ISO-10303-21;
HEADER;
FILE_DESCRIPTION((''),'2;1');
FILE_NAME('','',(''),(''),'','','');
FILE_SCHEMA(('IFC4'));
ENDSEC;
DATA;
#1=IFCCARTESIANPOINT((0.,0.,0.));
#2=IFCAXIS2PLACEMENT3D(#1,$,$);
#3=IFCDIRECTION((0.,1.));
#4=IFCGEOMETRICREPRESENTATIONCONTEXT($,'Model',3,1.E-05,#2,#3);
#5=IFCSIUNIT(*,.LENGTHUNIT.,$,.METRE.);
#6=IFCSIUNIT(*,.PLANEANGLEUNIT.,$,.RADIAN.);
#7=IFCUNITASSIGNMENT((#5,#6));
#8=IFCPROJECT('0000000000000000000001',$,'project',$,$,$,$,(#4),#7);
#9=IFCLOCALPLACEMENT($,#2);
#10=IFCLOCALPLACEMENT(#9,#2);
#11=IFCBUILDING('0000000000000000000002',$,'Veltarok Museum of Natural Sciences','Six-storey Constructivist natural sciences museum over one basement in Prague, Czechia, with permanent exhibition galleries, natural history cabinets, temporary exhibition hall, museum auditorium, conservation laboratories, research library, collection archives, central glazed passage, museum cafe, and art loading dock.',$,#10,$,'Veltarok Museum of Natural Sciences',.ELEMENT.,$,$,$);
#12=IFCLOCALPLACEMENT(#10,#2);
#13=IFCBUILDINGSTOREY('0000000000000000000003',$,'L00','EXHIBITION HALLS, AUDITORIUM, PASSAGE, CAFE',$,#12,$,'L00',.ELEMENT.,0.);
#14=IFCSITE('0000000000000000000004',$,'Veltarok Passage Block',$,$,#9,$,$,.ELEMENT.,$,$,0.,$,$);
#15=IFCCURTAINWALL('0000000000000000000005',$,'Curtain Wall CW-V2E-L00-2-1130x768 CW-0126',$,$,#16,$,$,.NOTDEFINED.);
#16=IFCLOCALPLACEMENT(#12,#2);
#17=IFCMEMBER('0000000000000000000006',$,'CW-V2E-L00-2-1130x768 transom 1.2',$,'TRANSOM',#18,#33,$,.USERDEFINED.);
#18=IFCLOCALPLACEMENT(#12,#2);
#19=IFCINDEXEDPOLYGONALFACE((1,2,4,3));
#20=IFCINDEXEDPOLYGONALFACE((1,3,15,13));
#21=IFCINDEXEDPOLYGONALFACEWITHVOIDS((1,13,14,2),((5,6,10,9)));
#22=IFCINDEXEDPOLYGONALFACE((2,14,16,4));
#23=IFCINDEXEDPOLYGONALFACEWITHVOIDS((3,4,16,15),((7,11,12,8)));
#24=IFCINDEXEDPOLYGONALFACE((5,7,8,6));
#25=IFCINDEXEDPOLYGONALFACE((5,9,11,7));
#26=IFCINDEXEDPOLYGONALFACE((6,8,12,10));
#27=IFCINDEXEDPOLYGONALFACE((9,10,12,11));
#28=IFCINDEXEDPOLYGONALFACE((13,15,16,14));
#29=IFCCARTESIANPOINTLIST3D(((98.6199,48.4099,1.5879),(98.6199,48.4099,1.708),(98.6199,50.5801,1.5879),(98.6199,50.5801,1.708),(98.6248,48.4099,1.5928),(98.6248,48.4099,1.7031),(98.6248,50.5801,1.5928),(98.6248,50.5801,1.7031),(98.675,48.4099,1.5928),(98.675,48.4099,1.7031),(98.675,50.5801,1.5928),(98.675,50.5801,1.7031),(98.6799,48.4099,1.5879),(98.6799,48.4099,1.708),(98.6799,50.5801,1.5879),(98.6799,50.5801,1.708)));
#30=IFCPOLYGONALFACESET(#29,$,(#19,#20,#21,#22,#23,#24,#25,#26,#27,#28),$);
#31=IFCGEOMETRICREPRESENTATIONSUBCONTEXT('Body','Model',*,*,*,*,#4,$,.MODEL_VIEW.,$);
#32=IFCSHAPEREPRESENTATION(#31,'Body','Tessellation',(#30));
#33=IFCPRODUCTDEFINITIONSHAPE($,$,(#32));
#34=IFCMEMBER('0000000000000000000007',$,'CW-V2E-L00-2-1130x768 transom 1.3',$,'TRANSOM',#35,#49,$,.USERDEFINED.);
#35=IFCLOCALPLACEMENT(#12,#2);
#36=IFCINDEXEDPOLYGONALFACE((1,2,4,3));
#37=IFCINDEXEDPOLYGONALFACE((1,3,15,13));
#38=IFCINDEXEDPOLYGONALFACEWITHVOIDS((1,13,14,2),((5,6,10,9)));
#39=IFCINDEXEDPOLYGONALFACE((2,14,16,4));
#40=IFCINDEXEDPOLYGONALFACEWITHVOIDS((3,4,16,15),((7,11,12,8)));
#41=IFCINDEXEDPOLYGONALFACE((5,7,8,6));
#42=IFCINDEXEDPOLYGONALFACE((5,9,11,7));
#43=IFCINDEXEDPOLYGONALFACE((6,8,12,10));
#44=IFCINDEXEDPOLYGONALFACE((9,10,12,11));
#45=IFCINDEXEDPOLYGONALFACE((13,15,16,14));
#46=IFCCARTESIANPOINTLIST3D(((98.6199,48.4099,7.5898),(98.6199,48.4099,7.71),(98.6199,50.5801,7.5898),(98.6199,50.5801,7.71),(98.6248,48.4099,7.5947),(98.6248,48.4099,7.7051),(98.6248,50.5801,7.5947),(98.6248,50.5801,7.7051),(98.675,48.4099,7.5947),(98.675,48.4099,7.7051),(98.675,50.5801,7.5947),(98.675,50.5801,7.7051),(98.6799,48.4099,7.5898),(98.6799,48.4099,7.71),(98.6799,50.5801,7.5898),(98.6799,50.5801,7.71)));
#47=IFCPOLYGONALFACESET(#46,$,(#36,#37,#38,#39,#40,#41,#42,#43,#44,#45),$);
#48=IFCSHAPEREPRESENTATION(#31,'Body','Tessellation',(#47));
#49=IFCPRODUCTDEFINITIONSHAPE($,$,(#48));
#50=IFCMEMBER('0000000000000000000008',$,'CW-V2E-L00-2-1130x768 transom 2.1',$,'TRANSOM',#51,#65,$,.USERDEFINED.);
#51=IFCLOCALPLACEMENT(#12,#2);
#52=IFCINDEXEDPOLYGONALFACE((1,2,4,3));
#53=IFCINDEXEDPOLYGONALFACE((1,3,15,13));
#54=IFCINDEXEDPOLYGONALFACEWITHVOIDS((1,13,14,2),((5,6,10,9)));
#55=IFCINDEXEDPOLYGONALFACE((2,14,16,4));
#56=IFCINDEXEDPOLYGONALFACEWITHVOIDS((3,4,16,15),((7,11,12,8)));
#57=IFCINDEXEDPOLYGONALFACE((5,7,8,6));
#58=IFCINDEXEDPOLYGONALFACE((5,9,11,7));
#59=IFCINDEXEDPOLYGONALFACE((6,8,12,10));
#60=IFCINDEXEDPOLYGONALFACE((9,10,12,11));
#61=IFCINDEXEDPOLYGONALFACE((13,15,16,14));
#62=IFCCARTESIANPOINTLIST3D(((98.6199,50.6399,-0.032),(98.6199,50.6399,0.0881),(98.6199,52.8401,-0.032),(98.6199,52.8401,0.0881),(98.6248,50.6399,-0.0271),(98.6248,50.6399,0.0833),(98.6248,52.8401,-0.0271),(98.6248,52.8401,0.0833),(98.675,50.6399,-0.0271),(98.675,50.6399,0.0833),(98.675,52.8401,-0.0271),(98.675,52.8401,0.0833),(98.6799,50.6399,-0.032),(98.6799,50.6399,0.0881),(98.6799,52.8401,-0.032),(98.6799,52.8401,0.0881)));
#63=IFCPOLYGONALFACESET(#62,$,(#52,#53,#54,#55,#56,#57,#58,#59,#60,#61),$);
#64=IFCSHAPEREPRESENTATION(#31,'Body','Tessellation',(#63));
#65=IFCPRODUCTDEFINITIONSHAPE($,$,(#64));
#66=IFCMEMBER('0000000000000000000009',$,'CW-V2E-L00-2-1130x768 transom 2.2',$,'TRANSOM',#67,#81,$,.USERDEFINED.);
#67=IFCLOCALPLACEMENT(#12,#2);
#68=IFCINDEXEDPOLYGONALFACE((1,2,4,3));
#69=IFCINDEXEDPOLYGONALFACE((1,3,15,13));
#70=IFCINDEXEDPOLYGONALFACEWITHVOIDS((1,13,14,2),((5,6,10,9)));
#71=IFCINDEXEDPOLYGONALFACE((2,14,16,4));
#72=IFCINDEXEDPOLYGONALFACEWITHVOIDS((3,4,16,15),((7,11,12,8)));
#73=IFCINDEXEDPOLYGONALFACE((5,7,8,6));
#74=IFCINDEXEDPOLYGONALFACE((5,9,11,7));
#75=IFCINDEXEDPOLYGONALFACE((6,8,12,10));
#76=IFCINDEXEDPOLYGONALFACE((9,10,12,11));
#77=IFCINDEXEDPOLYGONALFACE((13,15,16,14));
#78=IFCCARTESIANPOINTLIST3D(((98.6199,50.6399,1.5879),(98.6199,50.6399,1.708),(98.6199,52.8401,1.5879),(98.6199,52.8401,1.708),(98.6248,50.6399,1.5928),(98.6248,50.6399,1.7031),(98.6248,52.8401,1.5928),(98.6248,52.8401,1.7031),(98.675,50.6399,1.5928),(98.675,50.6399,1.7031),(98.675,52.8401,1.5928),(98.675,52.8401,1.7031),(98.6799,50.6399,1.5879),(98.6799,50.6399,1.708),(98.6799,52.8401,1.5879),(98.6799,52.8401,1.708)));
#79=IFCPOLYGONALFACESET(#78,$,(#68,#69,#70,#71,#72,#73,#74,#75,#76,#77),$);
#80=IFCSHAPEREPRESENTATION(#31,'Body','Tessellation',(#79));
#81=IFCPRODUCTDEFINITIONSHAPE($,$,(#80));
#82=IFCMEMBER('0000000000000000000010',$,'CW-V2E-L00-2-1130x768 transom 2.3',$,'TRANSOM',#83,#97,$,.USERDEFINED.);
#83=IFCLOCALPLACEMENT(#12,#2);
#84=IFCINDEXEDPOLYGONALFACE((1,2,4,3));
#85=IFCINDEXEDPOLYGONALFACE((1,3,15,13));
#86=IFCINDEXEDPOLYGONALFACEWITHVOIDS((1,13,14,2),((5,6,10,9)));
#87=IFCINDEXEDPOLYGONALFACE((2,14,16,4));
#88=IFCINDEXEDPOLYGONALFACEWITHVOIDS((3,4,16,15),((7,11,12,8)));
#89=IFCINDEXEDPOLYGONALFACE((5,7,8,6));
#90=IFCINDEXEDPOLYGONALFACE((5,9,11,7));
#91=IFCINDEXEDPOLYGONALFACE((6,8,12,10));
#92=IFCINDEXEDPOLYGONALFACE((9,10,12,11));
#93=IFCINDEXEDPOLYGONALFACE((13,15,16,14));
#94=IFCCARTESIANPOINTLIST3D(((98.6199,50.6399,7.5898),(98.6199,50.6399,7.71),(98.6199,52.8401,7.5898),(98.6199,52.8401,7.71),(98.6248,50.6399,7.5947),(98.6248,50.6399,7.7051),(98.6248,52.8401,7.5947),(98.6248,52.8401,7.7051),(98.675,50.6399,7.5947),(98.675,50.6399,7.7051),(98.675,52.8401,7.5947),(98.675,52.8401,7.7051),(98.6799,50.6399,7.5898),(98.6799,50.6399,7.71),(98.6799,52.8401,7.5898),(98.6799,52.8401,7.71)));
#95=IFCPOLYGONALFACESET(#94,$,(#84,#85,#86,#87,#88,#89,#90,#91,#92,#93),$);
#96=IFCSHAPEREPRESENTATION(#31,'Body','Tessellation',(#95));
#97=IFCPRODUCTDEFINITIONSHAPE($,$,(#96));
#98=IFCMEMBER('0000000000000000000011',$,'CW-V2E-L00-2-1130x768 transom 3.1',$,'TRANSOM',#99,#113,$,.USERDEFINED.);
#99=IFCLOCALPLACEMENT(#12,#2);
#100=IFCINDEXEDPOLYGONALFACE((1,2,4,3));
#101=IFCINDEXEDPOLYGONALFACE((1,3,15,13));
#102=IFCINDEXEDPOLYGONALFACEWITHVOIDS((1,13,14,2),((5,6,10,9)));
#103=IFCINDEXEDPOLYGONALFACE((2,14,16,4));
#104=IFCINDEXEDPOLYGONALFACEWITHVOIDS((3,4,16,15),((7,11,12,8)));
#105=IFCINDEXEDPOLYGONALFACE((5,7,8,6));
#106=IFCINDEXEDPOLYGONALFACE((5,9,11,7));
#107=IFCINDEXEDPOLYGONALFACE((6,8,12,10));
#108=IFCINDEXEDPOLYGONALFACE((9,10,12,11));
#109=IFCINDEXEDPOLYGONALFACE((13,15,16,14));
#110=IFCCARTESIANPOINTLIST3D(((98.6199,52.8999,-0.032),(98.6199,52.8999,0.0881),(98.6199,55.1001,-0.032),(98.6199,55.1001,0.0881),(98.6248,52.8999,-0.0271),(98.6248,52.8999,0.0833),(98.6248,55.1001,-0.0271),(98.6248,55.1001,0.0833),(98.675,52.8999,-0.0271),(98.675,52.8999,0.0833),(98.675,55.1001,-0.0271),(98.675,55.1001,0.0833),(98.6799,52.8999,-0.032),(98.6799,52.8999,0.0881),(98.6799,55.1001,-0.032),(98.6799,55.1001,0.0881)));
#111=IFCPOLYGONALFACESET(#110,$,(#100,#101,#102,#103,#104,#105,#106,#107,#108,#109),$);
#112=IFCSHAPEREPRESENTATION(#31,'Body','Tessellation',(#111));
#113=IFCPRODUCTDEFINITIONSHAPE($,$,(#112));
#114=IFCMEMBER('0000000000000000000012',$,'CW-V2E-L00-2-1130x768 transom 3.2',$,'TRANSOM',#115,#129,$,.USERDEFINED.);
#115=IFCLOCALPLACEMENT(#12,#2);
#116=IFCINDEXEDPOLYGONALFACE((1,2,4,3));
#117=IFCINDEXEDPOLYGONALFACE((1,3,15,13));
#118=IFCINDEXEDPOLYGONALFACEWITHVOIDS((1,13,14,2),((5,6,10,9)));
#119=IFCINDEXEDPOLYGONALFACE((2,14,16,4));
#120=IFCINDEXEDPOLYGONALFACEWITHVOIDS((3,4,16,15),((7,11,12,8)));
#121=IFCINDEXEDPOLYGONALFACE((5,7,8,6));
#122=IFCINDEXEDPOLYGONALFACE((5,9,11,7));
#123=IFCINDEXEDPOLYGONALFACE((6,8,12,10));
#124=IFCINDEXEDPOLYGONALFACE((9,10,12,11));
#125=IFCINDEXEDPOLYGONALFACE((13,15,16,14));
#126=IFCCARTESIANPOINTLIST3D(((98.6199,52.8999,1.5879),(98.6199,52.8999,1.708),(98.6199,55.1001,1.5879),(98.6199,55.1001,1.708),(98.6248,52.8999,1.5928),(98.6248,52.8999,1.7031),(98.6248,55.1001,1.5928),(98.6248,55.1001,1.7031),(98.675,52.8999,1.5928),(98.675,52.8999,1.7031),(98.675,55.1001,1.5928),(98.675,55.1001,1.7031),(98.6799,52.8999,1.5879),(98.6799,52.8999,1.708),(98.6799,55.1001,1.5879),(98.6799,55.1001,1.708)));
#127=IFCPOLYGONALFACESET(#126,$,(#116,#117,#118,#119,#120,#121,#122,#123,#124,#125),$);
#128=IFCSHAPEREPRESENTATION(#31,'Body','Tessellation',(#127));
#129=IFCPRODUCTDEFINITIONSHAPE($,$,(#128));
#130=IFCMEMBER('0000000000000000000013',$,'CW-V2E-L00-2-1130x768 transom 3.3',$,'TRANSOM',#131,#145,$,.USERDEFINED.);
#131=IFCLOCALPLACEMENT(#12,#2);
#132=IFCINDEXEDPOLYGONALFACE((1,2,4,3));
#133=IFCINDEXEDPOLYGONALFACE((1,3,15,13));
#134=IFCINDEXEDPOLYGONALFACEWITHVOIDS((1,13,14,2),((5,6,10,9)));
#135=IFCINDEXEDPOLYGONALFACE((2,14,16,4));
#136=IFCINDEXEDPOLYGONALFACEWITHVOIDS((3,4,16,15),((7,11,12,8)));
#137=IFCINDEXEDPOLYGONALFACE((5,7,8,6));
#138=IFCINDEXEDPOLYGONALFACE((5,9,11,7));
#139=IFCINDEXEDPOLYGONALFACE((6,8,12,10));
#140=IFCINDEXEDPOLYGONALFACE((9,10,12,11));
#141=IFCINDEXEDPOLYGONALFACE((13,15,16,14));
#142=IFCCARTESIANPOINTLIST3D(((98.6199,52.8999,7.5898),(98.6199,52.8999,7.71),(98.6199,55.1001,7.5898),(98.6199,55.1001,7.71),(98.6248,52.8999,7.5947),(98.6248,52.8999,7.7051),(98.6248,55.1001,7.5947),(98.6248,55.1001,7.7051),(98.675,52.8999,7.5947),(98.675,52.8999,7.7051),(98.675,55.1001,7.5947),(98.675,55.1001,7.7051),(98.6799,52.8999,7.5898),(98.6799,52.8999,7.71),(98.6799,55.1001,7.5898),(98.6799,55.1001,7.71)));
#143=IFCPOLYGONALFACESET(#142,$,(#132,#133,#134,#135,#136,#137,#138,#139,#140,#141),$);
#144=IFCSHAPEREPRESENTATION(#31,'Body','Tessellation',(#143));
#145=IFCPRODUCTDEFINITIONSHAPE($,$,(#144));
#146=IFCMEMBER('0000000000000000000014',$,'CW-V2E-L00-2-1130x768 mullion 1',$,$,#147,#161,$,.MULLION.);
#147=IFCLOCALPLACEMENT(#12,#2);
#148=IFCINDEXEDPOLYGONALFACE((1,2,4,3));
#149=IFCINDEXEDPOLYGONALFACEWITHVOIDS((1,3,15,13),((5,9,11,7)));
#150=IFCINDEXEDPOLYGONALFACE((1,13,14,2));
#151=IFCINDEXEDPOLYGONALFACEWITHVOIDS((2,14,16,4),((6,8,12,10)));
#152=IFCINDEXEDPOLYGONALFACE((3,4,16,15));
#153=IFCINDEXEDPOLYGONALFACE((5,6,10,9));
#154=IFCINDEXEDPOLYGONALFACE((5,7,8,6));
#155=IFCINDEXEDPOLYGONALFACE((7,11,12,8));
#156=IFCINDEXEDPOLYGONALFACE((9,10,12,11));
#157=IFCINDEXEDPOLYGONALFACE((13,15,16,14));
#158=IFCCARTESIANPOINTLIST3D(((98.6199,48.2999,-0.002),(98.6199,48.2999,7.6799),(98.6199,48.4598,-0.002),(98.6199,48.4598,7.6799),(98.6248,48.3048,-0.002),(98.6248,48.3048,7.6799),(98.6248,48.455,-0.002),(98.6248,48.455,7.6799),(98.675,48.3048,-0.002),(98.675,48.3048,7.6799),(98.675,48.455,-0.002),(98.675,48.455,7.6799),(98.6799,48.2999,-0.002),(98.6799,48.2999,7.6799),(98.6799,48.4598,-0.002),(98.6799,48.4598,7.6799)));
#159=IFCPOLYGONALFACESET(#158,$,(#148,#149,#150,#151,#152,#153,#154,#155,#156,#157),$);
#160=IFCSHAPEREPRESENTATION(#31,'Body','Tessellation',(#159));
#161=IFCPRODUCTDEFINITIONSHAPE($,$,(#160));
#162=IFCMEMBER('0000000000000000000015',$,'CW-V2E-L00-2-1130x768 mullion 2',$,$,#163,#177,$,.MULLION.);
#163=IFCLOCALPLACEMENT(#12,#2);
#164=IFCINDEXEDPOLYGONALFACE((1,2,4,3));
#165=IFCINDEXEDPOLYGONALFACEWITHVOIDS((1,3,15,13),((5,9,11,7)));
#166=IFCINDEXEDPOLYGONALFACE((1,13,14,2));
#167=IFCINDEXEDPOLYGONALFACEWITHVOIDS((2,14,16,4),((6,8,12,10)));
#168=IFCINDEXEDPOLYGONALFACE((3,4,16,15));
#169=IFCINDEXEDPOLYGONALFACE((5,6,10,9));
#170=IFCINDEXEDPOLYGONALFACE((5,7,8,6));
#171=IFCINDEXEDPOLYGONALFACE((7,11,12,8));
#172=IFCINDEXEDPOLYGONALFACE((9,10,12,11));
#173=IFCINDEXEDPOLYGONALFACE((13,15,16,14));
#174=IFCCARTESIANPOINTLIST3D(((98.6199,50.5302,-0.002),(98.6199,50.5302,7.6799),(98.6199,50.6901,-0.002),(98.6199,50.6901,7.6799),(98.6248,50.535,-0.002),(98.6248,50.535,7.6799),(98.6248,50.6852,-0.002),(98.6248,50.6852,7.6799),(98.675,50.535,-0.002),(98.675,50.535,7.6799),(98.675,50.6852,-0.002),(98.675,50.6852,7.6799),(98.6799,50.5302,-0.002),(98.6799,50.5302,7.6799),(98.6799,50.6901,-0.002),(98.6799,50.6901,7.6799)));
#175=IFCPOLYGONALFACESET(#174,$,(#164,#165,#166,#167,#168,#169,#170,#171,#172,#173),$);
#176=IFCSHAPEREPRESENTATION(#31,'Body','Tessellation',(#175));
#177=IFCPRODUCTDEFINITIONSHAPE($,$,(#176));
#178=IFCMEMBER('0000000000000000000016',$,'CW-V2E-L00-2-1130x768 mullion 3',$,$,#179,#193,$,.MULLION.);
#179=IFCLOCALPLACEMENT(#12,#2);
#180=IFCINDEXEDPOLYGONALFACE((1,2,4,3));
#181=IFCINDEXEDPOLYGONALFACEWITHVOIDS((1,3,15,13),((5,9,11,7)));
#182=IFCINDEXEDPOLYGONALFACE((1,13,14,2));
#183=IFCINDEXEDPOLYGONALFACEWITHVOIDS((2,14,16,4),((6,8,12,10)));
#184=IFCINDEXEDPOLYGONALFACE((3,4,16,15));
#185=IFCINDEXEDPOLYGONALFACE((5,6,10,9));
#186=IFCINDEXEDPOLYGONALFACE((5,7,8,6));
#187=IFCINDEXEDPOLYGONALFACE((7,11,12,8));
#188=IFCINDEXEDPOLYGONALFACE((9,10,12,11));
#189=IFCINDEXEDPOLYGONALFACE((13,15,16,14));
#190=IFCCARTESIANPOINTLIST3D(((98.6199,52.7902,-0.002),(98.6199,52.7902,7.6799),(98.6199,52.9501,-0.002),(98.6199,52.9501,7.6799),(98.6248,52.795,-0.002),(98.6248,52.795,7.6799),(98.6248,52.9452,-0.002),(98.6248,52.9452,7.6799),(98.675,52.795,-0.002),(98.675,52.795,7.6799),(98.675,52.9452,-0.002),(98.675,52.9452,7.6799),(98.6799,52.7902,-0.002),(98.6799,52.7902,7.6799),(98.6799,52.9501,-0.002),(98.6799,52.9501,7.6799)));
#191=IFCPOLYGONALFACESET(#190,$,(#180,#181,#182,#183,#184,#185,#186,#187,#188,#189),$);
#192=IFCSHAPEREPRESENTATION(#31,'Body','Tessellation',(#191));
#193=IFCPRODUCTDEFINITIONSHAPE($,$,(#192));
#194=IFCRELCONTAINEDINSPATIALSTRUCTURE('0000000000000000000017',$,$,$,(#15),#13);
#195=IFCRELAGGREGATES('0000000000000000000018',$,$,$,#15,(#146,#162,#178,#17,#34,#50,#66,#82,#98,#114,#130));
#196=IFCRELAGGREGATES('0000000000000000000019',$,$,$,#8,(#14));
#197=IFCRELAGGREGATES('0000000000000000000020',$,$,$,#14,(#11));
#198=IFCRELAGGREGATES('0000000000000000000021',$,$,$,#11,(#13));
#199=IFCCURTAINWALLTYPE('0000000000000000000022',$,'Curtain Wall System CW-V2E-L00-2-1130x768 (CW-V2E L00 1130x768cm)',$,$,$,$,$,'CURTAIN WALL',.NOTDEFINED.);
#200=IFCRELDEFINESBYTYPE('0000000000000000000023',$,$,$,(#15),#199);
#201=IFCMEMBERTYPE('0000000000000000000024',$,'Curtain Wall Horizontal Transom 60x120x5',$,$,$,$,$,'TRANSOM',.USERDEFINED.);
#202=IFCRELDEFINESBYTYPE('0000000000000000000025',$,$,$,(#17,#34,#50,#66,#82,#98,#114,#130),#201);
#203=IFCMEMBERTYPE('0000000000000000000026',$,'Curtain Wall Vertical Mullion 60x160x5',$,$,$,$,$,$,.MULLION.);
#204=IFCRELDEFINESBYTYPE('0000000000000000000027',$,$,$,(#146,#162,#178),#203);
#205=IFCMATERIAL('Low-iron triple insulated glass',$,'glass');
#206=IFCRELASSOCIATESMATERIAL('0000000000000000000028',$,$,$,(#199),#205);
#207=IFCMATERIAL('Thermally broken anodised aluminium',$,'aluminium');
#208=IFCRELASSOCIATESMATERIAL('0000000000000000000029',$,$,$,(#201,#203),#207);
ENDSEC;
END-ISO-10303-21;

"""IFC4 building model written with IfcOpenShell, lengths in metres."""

from ifc_helpers import new_model, si_unit, direction, frame, origin, origin_2d, place, context, subcontext, project, spatial, hollow_rectangle, extrude, material, material_profile, profile_set, type_object, element, aggregate, save


model = new_model("IFC4")

# Units and contexts
model_context = context("Model", 3, precision=1e-05, world=origin(), true_north=direction((0.0, 1.0)))
body_context = subcontext(model_context, "Body", "Model", "MODEL_VIEW")
ifc_project = project(units=[si_unit("LENGTHUNIT", "METRE"), si_unit("PLANEANGLEUNIT", "RADIAN")], contexts=[model_context])

# Site, building, storey
site_placement = place(None, origin())
site = spatial("IfcSite", under=ifc_project, at=site_placement, Name="Veltarok Passage Block", CompositionType="ELEMENT", RefElevation=0.0)
building_placement = place(site_placement, origin())
building = spatial("IfcBuilding", under=site, at=building_placement, Name="Veltarok Museum of Natural Sciences", Description="Six-storey Constructivist natural sciences museum over one basement in Prague, Czechia, with permanent exhibition galleries, natural history cabinets, temporary exhibition hall, museum auditorium, conservation laboratories, research library, collection archives, central glazed passage, museum cafe, and art loading dock.", LongName="Veltarok Museum of Natural Sciences", CompositionType="ELEMENT")
storey_placement = place(building_placement, origin())
storey = spatial("IfcBuildingStorey", under=building, at=storey_placement, Name="L00", Description="EXHIBITION HALLS, AUDITORIUM, PASSAGE, CAFE", LongName="L00", CompositionType="ELEMENT", Elevation=0.0)

# Curtain wall, members
ifc_material_1 = material(Name="Low-iron triple insulated glass", Category="glass")
curtain_wall_type = type_object("IfcCurtainWallType", Name="Curtain Wall System CW-V2E-L00-2-1130x768 (CW-V2E L00 1130x768cm)", ElementType="CURTAIN WALL", PredefinedType="NOTDEFINED", material=ifc_material_1)
curtain_wall_placement = place(storey_placement, origin())
curtain_wall = element("IfcCurtainWall", 1, at=curtain_wall_placement, inside=storey, type_object=curtain_wall_type, Name="Curtain Wall CW-V2E-L00-2-1130x768 CW-0126", PredefinedType="NOTDEFINED")
ifc_material_2 = material(Name="Thermally broken anodised aluminium", Category="aluminium")
ifc_material_profile_1 = material_profile(ifc_material_2, hollow_rectangle(XDim=0.0601, YDim=0.1201, WallThickness=0.0049, at=origin_2d()), Name="CW TRANSOM 60x120x5")
ifc_profile_set_1 = profile_set([ifc_material_profile_1], Name="Thermally broken anodised aluminium")
member_type_1 = type_object("IfcMemberType", Name="Curtain Wall Horizontal Transom 60x120x5", ElementType="TRANSOM", PredefinedType="USERDEFINED", material=ifc_profile_set_1)
member_1_placement = place(storey_placement, frame((98.6499, 48.4099, 1.6479), z_axis=(0.0, 1.0, 0.0), x_axis=(-1.0, 0.0, 0.0)))
member_1 = element("IfcMember", 2, at=member_1_placement, type_object=member_type_1, Name="CW-V2E-L00-2-1130x768 transom 1.2", ObjectType="TRANSOM", PredefinedType="USERDEFINED", context=body_context, shape_type="SweptSolid", body=[
    extrude(hollow_rectangle(XDim=0.0601, YDim=0.1201, WallThickness=0.0049, at=origin_2d()), origin(), (0.0, 0.0, 1.0), 2.1702),
])
member_2_placement = place(storey_placement, frame((98.6499, 48.4099, 7.6499), z_axis=(0.0, 1.0, 0.0), x_axis=(-1.0, 0.0, 0.0)))
member_2 = element("IfcMember", 3, at=member_2_placement, type_object=member_type_1, Name="CW-V2E-L00-2-1130x768 transom 1.3", ObjectType="TRANSOM", PredefinedType="USERDEFINED", context=body_context, shape_type="SweptSolid", body=[
    extrude(hollow_rectangle(XDim=0.0601, YDim=0.1201, WallThickness=0.0049, at=origin_2d()), origin(), (0.0, 0.0, 1.0), 2.1702),
])
member_3_placement = place(storey_placement, frame((98.6499, 50.6399, 0.0281), z_axis=(0.0, 1.0, 0.0), x_axis=(-1.0, 0.0, 0.0)))
member_3 = element("IfcMember", 4, at=member_3_placement, type_object=member_type_1, Name="CW-V2E-L00-2-1130x768 transom 2.1", ObjectType="TRANSOM", PredefinedType="USERDEFINED", context=body_context, shape_type="SweptSolid", body=[
    extrude(hollow_rectangle(XDim=0.0601, YDim=0.1201, WallThickness=0.0049, at=origin_2d()), origin(), (0.0, 0.0, 1.0), 2.2002),
])
member_4_placement = place(storey_placement, frame((98.6499, 50.6399, 1.6479), z_axis=(0.0, 1.0, 0.0), x_axis=(-1.0, 0.0, 0.0)))
member_4 = element("IfcMember", 5, at=member_4_placement, type_object=member_type_1, Name="CW-V2E-L00-2-1130x768 transom 2.2", ObjectType="TRANSOM", PredefinedType="USERDEFINED", context=body_context, shape_type="SweptSolid", body=[
    extrude(hollow_rectangle(XDim=0.0601, YDim=0.1201, WallThickness=0.0049, at=origin_2d()), origin(), (0.0, 0.0, 1.0), 2.2002),
])
member_5_placement = place(storey_placement, frame((98.6499, 50.6399, 7.6499), z_axis=(0.0, 1.0, 0.0), x_axis=(-1.0, 0.0, 0.0)))
member_5 = element("IfcMember", 6, at=member_5_placement, type_object=member_type_1, Name="CW-V2E-L00-2-1130x768 transom 2.3", ObjectType="TRANSOM", PredefinedType="USERDEFINED", context=body_context, shape_type="SweptSolid", body=[
    extrude(hollow_rectangle(XDim=0.0601, YDim=0.1201, WallThickness=0.0049, at=origin_2d()), origin(), (0.0, 0.0, 1.0), 2.2002),
])
member_6_placement = place(storey_placement, frame((98.6499, 52.8999, 0.0281), z_axis=(0.0, 1.0, 0.0), x_axis=(-1.0, 0.0, 0.0)))
member_6 = element("IfcMember", 7, at=member_6_placement, type_object=member_type_1, Name="CW-V2E-L00-2-1130x768 transom 3.1", ObjectType="TRANSOM", PredefinedType="USERDEFINED", context=body_context, shape_type="SweptSolid", body=[
    extrude(hollow_rectangle(XDim=0.0601, YDim=0.1201, WallThickness=0.0049, at=origin_2d()), origin(), (0.0, 0.0, 1.0), 2.2002),
])
member_7_placement = place(storey_placement, frame((98.6499, 52.8999, 1.6479), z_axis=(0.0, 1.0, 0.0), x_axis=(-1.0, 0.0, 0.0)))
member_7 = element("IfcMember", 8, at=member_7_placement, type_object=member_type_1, Name="CW-V2E-L00-2-1130x768 transom 3.2", ObjectType="TRANSOM", PredefinedType="USERDEFINED", context=body_context, shape_type="SweptSolid", body=[
    extrude(hollow_rectangle(XDim=0.0601, YDim=0.1201, WallThickness=0.0049, at=origin_2d()), origin(), (0.0, 0.0, 1.0), 2.2002),
])
member_8_placement = place(storey_placement, frame((98.6499, 52.8999, 7.6499), z_axis=(0.0, 1.0, 0.0), x_axis=(-1.0, 0.0, 0.0)))
member_8 = element("IfcMember", 9, at=member_8_placement, type_object=member_type_1, Name="CW-V2E-L00-2-1130x768 transom 3.3", ObjectType="TRANSOM", PredefinedType="USERDEFINED", context=body_context, shape_type="SweptSolid", body=[
    extrude(hollow_rectangle(XDim=0.0601, YDim=0.1201, WallThickness=0.0049, at=origin_2d()), origin(), (0.0, 0.0, 1.0), 2.2002),
])
ifc_material_profile_2 = material_profile(ifc_material_2, hollow_rectangle(XDim=0.0601, YDim=0.1599, WallThickness=0.0049, at=origin_2d()), Name="CW MULLION 60x160x5")
ifc_profile_set_2 = profile_set([ifc_material_profile_2], Name="Thermally broken anodised aluminium")
member_type_2 = type_object("IfcMemberType", Name="Curtain Wall Vertical Mullion 60x160x5", PredefinedType="MULLION", material=ifc_profile_set_2)
member_9_placement = place(storey_placement, frame((98.6499, 48.3799, -0.002), z_axis=(0.0, 0.0, 1.0), x_axis=(-1.0, 0.0, 0.0)))
member_9 = element("IfcMember", 10, at=member_9_placement, type_object=member_type_2, Name="CW-V2E-L00-2-1130x768 mullion 1", PredefinedType="MULLION", context=body_context, shape_type="SweptSolid", body=[
    extrude(hollow_rectangle(XDim=0.0601, YDim=0.1599, WallThickness=0.0049, at=origin_2d()), origin(), (0.0, 0.0, 1.0), 7.6819),
])
member_10_placement = place(storey_placement, frame((98.6499, 50.6101, -0.002), z_axis=(0.0, 0.0, 1.0), x_axis=(-1.0, 0.0, 0.0)))
member_10 = element("IfcMember", 11, at=member_10_placement, type_object=member_type_2, Name="CW-V2E-L00-2-1130x768 mullion 2", PredefinedType="MULLION", context=body_context, shape_type="SweptSolid", body=[
    extrude(hollow_rectangle(XDim=0.0601, YDim=0.1599, WallThickness=0.0049, at=origin_2d()), origin(), (0.0, 0.0, 1.0), 7.6819),
])
member_11_placement = place(storey_placement, frame((98.6499, 52.8701, -0.002), z_axis=(0.0, 0.0, 1.0), x_axis=(-1.0, 0.0, 0.0)))
member_11 = element("IfcMember", 12, at=member_11_placement, type_object=member_type_2, Name="CW-V2E-L00-2-1130x768 mullion 3", PredefinedType="MULLION", context=body_context, shape_type="SweptSolid", body=[
    extrude(hollow_rectangle(XDim=0.0601, YDim=0.1599, WallThickness=0.0049, at=origin_2d()), origin(), (0.0, 0.0, 1.0), 7.6819),
])

aggregate(curtain_wall, [member_9, member_10, member_11, member_1, member_2, member_3, member_4, member_5, member_6, member_7, member_8])

save(model, "model.ifc")
